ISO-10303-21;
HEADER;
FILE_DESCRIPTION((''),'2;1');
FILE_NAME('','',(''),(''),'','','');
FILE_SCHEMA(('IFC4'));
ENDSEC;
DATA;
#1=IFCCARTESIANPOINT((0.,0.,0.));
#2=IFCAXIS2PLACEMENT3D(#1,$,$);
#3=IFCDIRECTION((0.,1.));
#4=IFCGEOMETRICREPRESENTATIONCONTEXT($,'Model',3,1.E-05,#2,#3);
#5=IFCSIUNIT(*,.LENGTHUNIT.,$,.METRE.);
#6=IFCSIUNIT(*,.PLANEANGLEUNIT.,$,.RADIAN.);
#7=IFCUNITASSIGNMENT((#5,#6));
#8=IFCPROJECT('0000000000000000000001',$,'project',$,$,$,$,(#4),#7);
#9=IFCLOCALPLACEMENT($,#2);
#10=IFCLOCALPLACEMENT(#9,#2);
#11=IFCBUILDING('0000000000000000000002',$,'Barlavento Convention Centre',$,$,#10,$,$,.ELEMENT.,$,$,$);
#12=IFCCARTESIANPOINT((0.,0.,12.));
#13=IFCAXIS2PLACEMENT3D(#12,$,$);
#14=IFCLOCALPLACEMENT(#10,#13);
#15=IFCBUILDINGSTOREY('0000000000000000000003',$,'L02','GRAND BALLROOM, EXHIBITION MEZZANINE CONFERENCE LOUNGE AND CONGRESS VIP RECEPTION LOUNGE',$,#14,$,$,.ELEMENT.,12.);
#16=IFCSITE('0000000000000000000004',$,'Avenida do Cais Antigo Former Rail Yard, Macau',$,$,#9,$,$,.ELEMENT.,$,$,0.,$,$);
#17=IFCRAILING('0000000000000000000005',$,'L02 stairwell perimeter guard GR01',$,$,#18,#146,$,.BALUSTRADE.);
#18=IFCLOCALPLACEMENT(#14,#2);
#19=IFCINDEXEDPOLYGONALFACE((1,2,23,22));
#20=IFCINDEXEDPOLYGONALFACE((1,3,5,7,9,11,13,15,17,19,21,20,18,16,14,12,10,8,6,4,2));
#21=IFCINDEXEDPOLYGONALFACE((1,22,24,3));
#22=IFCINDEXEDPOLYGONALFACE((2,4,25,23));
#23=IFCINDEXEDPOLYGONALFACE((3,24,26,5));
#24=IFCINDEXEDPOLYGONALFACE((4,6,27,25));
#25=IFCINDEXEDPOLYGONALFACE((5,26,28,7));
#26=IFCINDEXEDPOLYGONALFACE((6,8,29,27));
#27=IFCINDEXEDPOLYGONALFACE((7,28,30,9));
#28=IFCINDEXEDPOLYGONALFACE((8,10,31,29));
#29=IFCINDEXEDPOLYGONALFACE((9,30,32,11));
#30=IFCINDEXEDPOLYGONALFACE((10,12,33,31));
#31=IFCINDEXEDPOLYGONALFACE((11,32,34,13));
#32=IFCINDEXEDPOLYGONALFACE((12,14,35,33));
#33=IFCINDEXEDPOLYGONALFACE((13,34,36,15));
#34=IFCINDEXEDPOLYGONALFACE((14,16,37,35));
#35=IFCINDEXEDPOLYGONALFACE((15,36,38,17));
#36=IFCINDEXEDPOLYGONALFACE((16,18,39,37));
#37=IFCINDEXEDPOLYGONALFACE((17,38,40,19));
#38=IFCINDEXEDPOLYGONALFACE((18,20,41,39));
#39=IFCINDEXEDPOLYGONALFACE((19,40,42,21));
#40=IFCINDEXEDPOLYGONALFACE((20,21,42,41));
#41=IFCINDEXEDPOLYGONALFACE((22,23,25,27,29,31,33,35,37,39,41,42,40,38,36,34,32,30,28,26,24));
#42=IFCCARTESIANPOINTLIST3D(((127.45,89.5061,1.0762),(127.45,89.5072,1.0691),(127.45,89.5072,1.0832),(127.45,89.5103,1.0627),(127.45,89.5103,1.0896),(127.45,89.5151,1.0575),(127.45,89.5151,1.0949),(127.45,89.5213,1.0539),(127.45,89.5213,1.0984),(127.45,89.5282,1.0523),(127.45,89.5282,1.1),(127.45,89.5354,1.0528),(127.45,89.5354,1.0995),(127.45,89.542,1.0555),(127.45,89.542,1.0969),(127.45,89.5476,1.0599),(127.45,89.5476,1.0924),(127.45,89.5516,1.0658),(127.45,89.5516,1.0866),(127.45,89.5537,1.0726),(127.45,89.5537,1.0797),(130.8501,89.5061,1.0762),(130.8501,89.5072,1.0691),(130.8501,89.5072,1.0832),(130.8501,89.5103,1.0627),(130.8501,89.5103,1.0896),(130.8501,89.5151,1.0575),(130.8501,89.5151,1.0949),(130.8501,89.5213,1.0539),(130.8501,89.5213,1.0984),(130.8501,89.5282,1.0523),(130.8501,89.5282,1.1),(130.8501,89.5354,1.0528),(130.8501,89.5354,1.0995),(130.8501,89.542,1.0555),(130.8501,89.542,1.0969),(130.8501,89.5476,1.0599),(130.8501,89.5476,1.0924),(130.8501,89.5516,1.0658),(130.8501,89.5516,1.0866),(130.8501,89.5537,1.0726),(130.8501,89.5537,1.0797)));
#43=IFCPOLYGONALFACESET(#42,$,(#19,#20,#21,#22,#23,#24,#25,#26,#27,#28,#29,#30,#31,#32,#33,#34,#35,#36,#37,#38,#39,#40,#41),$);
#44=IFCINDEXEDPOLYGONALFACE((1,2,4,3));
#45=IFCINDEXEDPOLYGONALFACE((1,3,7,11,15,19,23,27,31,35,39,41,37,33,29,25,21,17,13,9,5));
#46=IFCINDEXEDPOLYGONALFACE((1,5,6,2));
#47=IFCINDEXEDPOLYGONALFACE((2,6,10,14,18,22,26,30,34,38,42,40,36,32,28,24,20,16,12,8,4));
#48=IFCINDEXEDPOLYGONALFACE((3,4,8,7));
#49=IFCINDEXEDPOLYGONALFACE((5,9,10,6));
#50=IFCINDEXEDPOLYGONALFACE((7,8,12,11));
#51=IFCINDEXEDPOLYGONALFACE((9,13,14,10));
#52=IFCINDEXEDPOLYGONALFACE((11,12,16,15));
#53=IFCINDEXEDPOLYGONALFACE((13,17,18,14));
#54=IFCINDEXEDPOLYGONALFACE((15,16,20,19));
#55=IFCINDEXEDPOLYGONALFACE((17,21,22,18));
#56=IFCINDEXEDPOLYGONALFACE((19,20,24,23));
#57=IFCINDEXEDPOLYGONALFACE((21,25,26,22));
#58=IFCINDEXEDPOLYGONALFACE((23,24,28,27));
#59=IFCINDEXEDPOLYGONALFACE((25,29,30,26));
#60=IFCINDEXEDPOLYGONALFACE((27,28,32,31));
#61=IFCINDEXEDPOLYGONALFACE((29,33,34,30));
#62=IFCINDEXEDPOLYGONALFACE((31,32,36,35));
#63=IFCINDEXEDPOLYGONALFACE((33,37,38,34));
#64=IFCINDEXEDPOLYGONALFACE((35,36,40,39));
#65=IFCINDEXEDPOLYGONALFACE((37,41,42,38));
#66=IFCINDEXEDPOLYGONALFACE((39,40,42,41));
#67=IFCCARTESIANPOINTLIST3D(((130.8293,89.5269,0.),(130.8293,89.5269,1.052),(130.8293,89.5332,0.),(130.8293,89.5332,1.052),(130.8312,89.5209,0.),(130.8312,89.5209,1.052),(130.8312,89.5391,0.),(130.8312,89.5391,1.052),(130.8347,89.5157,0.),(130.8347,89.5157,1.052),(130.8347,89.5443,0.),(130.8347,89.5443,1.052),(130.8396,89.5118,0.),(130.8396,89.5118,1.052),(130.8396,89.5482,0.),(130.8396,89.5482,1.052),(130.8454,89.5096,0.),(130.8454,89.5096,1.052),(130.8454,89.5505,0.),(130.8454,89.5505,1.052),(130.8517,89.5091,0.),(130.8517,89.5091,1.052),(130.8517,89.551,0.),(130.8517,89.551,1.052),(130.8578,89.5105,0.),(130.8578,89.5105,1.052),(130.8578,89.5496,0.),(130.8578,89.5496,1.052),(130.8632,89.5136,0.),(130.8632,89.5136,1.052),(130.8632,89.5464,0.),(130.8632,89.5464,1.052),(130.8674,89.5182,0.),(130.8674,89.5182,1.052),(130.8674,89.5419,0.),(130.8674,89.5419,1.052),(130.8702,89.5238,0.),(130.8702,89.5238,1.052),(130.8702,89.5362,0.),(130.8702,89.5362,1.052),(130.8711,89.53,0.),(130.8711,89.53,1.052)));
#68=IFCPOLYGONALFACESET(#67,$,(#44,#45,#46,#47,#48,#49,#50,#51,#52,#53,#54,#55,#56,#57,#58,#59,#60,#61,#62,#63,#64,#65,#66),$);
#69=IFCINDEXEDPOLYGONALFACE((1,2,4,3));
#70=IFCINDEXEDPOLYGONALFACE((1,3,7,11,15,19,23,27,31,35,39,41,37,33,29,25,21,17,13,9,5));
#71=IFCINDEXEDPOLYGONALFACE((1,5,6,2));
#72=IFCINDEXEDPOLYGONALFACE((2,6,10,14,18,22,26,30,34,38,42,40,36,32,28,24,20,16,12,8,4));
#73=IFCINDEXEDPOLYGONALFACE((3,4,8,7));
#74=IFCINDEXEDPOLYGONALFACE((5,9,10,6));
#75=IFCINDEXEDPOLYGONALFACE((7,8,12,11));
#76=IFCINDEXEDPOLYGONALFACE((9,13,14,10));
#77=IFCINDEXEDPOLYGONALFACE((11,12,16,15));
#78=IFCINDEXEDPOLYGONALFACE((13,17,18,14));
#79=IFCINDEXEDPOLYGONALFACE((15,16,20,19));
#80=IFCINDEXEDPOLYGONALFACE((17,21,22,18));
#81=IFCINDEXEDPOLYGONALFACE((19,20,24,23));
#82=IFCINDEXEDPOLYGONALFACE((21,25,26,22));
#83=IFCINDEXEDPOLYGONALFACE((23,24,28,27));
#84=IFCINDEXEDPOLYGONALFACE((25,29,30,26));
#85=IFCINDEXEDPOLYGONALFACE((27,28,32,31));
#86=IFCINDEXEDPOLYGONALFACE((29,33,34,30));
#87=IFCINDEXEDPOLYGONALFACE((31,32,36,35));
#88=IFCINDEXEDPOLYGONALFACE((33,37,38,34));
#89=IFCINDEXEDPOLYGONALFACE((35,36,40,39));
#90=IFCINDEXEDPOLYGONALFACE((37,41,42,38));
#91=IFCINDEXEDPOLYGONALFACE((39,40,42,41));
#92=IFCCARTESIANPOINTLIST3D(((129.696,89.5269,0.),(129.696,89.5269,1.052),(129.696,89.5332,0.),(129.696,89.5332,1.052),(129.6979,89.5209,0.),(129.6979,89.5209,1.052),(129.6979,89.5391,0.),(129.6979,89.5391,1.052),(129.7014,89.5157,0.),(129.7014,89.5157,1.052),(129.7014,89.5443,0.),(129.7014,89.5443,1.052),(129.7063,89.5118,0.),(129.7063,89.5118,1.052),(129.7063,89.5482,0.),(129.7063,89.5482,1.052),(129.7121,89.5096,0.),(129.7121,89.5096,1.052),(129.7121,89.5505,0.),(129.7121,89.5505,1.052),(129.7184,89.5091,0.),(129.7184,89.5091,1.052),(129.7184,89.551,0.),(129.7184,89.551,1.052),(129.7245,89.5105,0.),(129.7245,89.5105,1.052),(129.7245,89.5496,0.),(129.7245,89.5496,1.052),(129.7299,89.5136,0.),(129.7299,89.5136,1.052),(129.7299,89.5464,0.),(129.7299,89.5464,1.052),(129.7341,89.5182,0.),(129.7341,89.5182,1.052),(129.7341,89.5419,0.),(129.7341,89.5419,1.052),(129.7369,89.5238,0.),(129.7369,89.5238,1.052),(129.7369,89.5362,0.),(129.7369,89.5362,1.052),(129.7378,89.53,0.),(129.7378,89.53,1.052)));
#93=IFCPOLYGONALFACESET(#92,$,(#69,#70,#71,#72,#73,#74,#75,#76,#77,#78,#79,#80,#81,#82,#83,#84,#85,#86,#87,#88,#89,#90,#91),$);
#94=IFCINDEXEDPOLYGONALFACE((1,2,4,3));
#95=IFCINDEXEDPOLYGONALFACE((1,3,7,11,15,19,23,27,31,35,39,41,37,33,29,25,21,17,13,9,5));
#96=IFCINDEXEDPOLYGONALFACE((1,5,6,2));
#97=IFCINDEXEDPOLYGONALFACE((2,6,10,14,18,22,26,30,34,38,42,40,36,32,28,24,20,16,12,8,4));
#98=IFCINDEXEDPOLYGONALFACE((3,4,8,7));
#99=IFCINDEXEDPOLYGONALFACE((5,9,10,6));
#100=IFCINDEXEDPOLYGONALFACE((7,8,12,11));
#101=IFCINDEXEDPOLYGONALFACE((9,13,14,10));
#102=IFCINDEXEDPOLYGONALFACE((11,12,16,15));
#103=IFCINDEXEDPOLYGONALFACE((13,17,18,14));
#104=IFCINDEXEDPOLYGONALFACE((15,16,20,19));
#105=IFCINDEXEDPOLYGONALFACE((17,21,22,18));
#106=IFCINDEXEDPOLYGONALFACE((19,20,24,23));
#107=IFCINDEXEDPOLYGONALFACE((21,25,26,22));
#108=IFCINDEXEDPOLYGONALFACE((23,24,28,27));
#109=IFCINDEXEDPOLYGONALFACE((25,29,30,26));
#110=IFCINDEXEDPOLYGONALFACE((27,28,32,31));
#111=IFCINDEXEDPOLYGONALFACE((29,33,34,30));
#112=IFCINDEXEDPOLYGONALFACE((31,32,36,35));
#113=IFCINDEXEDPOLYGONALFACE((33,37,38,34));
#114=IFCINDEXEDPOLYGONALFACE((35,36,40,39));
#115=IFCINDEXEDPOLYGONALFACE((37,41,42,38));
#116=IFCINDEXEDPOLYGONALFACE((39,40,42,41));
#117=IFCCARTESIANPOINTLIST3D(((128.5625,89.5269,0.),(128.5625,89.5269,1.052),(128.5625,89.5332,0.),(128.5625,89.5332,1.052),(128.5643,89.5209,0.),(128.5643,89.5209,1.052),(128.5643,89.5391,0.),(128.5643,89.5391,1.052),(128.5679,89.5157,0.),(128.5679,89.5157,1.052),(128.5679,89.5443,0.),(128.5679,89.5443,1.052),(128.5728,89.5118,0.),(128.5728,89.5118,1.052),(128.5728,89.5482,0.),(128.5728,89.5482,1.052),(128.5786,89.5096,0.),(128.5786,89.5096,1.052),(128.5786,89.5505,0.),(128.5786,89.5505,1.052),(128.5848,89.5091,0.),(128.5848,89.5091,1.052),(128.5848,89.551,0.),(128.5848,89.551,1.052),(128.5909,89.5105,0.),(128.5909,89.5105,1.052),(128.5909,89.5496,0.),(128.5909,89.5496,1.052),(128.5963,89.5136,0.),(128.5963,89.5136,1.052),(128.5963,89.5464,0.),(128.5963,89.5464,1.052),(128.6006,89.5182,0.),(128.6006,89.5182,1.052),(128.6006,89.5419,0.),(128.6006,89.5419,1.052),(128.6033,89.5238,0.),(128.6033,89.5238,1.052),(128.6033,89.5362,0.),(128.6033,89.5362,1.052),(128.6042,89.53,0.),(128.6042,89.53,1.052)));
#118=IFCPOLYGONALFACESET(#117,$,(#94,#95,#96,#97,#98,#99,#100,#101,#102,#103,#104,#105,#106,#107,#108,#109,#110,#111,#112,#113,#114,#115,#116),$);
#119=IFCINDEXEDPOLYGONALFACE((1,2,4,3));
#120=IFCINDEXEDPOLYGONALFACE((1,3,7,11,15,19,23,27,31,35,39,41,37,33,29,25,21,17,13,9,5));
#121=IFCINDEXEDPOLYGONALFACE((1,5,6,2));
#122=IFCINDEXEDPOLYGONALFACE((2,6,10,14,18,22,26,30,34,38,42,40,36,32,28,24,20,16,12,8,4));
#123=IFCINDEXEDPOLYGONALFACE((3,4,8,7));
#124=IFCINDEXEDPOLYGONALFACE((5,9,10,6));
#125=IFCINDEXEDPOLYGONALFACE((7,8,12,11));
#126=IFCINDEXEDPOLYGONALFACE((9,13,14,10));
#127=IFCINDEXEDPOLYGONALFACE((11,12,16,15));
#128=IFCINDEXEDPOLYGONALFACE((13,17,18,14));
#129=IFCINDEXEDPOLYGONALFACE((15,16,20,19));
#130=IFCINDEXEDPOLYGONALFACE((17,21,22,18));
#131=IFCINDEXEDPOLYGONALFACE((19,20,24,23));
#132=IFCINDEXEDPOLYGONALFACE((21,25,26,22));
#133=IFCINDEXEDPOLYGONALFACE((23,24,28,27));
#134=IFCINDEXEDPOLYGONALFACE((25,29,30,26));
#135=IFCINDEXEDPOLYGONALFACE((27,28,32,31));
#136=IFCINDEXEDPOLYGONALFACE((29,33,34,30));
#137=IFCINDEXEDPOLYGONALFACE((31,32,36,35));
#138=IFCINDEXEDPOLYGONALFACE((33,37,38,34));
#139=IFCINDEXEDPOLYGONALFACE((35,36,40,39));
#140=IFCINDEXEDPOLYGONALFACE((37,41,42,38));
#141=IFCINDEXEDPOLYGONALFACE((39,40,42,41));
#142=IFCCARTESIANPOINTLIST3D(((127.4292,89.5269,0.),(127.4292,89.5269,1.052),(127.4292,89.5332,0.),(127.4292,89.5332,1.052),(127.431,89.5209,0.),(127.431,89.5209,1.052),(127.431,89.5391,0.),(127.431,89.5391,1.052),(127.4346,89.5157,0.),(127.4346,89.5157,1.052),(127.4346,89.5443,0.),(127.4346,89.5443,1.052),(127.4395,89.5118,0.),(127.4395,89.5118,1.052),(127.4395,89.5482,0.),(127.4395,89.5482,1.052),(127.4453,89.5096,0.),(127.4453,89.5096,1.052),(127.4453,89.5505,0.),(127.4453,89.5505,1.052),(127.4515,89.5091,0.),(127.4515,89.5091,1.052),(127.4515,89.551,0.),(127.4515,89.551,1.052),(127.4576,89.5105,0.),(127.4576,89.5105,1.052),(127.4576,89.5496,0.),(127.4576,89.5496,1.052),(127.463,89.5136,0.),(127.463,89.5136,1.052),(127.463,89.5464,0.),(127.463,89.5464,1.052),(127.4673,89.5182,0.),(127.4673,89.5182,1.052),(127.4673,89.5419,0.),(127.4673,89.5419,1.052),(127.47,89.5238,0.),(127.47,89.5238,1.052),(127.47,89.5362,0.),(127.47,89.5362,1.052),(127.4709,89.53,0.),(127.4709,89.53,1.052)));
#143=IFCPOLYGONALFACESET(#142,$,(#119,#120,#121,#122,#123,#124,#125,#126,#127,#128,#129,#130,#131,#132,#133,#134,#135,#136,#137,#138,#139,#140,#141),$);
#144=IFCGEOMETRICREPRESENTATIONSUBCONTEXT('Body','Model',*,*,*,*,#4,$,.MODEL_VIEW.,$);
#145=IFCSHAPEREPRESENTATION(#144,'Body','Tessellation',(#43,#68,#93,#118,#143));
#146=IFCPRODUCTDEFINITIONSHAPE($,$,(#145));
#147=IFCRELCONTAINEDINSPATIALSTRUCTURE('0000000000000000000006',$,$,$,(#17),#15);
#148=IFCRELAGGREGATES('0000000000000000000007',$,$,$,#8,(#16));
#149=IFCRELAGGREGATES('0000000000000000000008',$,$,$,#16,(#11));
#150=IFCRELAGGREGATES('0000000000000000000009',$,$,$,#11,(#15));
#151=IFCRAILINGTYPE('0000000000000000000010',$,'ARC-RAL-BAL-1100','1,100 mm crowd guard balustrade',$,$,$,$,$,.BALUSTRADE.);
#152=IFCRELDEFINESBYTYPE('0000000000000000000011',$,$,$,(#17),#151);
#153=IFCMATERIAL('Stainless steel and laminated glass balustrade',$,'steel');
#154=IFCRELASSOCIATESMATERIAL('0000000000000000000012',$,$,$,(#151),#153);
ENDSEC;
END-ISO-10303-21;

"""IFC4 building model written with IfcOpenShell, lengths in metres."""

from ifc_helpers import new_model, si_unit, direction, frame, origin, origin_2d, place, context, subcontext, project, spatial, circle, extrude, material, type_object, element, save


model = new_model("IFC4")

# Units and contexts
model_context = context("Model", 3, precision=1e-05, world=origin(), true_north=direction((0.0, 1.0)))
body_context = subcontext(model_context, "Body", "Model", "MODEL_VIEW")
ifc_project = project(units=[si_unit("LENGTHUNIT", "METRE"), si_unit("PLANEANGLEUNIT", "RADIAN")], contexts=[model_context])

# Site, building, storey
site_placement = place(None, origin())
site = spatial("IfcSite", under=ifc_project, at=site_placement, Name="Avenida do Cais Antigo Former Rail Yard, Macau", CompositionType="ELEMENT", RefElevation=0.0)
building_placement = place(site_placement, origin())
building = spatial("IfcBuilding", under=site, at=building_placement, Name="Barlavento Convention Centre", CompositionType="ELEMENT")
storey_placement = place(building_placement, frame((0.0, 0.0, 12.0)))
storey = spatial("IfcBuildingStorey", under=building, at=storey_placement, Name="L02", Description="GRAND BALLROOM, EXHIBITION MEZZANINE CONFERENCE LOUNGE AND CONGRESS VIP RECEPTION LOUNGE", CompositionType="ELEMENT", Elevation=12.0)

# Railing
ifc_material_1 = material(Name="Stainless steel and laminated glass balustrade", Category="steel")
railing_type = type_object("IfcRailingType", Name="ARC-RAL-BAL-1100", Description="1,100 mm crowd guard balustrade", PredefinedType="BALUSTRADE", material=ifc_material_1)
for number, where, name in (
    (1, (130.8501, 89.53, 0.0), "L02 stairwell perimeter guard GR01"),
):
    element("IfcRailing", number, at=place(storey_placement, frame(where)), inside=storey, type_object=railing_type, Name=name, PredefinedType="BALUSTRADE", context=body_context, shape_type="SweptSolid", body=[
        extrude(circle(Radius=0.0239, at=origin_2d()), frame((0.0, 0.0, 1.0762), z_axis=(-1.0, 0.0, 0.0), x_axis=(0.0, -1.0, 0.0)), (0.0, 0.0, 1.0), 3.4001),
        extrude(circle(Radius=0.021, at=origin_2d()), origin(), (0.0, 0.0, 1.0), 1.052),
        extrude(circle(Radius=0.021, at=origin_2d()), frame((-1.1333, 0.0, 0.0)), (0.0, 0.0, 1.0), 1.052),
        extrude(circle(Radius=0.021, at=origin_2d()), frame((-2.2668, 0.0, 0.0)), (0.0, 0.0, 1.0), 1.052),
        extrude(circle(Radius=0.021, at=origin_2d()), frame((-3.4001, 0.0, 0.0)), (0.0, 0.0, 1.0), 1.052),
    ])

save(model, "model.ifc")
